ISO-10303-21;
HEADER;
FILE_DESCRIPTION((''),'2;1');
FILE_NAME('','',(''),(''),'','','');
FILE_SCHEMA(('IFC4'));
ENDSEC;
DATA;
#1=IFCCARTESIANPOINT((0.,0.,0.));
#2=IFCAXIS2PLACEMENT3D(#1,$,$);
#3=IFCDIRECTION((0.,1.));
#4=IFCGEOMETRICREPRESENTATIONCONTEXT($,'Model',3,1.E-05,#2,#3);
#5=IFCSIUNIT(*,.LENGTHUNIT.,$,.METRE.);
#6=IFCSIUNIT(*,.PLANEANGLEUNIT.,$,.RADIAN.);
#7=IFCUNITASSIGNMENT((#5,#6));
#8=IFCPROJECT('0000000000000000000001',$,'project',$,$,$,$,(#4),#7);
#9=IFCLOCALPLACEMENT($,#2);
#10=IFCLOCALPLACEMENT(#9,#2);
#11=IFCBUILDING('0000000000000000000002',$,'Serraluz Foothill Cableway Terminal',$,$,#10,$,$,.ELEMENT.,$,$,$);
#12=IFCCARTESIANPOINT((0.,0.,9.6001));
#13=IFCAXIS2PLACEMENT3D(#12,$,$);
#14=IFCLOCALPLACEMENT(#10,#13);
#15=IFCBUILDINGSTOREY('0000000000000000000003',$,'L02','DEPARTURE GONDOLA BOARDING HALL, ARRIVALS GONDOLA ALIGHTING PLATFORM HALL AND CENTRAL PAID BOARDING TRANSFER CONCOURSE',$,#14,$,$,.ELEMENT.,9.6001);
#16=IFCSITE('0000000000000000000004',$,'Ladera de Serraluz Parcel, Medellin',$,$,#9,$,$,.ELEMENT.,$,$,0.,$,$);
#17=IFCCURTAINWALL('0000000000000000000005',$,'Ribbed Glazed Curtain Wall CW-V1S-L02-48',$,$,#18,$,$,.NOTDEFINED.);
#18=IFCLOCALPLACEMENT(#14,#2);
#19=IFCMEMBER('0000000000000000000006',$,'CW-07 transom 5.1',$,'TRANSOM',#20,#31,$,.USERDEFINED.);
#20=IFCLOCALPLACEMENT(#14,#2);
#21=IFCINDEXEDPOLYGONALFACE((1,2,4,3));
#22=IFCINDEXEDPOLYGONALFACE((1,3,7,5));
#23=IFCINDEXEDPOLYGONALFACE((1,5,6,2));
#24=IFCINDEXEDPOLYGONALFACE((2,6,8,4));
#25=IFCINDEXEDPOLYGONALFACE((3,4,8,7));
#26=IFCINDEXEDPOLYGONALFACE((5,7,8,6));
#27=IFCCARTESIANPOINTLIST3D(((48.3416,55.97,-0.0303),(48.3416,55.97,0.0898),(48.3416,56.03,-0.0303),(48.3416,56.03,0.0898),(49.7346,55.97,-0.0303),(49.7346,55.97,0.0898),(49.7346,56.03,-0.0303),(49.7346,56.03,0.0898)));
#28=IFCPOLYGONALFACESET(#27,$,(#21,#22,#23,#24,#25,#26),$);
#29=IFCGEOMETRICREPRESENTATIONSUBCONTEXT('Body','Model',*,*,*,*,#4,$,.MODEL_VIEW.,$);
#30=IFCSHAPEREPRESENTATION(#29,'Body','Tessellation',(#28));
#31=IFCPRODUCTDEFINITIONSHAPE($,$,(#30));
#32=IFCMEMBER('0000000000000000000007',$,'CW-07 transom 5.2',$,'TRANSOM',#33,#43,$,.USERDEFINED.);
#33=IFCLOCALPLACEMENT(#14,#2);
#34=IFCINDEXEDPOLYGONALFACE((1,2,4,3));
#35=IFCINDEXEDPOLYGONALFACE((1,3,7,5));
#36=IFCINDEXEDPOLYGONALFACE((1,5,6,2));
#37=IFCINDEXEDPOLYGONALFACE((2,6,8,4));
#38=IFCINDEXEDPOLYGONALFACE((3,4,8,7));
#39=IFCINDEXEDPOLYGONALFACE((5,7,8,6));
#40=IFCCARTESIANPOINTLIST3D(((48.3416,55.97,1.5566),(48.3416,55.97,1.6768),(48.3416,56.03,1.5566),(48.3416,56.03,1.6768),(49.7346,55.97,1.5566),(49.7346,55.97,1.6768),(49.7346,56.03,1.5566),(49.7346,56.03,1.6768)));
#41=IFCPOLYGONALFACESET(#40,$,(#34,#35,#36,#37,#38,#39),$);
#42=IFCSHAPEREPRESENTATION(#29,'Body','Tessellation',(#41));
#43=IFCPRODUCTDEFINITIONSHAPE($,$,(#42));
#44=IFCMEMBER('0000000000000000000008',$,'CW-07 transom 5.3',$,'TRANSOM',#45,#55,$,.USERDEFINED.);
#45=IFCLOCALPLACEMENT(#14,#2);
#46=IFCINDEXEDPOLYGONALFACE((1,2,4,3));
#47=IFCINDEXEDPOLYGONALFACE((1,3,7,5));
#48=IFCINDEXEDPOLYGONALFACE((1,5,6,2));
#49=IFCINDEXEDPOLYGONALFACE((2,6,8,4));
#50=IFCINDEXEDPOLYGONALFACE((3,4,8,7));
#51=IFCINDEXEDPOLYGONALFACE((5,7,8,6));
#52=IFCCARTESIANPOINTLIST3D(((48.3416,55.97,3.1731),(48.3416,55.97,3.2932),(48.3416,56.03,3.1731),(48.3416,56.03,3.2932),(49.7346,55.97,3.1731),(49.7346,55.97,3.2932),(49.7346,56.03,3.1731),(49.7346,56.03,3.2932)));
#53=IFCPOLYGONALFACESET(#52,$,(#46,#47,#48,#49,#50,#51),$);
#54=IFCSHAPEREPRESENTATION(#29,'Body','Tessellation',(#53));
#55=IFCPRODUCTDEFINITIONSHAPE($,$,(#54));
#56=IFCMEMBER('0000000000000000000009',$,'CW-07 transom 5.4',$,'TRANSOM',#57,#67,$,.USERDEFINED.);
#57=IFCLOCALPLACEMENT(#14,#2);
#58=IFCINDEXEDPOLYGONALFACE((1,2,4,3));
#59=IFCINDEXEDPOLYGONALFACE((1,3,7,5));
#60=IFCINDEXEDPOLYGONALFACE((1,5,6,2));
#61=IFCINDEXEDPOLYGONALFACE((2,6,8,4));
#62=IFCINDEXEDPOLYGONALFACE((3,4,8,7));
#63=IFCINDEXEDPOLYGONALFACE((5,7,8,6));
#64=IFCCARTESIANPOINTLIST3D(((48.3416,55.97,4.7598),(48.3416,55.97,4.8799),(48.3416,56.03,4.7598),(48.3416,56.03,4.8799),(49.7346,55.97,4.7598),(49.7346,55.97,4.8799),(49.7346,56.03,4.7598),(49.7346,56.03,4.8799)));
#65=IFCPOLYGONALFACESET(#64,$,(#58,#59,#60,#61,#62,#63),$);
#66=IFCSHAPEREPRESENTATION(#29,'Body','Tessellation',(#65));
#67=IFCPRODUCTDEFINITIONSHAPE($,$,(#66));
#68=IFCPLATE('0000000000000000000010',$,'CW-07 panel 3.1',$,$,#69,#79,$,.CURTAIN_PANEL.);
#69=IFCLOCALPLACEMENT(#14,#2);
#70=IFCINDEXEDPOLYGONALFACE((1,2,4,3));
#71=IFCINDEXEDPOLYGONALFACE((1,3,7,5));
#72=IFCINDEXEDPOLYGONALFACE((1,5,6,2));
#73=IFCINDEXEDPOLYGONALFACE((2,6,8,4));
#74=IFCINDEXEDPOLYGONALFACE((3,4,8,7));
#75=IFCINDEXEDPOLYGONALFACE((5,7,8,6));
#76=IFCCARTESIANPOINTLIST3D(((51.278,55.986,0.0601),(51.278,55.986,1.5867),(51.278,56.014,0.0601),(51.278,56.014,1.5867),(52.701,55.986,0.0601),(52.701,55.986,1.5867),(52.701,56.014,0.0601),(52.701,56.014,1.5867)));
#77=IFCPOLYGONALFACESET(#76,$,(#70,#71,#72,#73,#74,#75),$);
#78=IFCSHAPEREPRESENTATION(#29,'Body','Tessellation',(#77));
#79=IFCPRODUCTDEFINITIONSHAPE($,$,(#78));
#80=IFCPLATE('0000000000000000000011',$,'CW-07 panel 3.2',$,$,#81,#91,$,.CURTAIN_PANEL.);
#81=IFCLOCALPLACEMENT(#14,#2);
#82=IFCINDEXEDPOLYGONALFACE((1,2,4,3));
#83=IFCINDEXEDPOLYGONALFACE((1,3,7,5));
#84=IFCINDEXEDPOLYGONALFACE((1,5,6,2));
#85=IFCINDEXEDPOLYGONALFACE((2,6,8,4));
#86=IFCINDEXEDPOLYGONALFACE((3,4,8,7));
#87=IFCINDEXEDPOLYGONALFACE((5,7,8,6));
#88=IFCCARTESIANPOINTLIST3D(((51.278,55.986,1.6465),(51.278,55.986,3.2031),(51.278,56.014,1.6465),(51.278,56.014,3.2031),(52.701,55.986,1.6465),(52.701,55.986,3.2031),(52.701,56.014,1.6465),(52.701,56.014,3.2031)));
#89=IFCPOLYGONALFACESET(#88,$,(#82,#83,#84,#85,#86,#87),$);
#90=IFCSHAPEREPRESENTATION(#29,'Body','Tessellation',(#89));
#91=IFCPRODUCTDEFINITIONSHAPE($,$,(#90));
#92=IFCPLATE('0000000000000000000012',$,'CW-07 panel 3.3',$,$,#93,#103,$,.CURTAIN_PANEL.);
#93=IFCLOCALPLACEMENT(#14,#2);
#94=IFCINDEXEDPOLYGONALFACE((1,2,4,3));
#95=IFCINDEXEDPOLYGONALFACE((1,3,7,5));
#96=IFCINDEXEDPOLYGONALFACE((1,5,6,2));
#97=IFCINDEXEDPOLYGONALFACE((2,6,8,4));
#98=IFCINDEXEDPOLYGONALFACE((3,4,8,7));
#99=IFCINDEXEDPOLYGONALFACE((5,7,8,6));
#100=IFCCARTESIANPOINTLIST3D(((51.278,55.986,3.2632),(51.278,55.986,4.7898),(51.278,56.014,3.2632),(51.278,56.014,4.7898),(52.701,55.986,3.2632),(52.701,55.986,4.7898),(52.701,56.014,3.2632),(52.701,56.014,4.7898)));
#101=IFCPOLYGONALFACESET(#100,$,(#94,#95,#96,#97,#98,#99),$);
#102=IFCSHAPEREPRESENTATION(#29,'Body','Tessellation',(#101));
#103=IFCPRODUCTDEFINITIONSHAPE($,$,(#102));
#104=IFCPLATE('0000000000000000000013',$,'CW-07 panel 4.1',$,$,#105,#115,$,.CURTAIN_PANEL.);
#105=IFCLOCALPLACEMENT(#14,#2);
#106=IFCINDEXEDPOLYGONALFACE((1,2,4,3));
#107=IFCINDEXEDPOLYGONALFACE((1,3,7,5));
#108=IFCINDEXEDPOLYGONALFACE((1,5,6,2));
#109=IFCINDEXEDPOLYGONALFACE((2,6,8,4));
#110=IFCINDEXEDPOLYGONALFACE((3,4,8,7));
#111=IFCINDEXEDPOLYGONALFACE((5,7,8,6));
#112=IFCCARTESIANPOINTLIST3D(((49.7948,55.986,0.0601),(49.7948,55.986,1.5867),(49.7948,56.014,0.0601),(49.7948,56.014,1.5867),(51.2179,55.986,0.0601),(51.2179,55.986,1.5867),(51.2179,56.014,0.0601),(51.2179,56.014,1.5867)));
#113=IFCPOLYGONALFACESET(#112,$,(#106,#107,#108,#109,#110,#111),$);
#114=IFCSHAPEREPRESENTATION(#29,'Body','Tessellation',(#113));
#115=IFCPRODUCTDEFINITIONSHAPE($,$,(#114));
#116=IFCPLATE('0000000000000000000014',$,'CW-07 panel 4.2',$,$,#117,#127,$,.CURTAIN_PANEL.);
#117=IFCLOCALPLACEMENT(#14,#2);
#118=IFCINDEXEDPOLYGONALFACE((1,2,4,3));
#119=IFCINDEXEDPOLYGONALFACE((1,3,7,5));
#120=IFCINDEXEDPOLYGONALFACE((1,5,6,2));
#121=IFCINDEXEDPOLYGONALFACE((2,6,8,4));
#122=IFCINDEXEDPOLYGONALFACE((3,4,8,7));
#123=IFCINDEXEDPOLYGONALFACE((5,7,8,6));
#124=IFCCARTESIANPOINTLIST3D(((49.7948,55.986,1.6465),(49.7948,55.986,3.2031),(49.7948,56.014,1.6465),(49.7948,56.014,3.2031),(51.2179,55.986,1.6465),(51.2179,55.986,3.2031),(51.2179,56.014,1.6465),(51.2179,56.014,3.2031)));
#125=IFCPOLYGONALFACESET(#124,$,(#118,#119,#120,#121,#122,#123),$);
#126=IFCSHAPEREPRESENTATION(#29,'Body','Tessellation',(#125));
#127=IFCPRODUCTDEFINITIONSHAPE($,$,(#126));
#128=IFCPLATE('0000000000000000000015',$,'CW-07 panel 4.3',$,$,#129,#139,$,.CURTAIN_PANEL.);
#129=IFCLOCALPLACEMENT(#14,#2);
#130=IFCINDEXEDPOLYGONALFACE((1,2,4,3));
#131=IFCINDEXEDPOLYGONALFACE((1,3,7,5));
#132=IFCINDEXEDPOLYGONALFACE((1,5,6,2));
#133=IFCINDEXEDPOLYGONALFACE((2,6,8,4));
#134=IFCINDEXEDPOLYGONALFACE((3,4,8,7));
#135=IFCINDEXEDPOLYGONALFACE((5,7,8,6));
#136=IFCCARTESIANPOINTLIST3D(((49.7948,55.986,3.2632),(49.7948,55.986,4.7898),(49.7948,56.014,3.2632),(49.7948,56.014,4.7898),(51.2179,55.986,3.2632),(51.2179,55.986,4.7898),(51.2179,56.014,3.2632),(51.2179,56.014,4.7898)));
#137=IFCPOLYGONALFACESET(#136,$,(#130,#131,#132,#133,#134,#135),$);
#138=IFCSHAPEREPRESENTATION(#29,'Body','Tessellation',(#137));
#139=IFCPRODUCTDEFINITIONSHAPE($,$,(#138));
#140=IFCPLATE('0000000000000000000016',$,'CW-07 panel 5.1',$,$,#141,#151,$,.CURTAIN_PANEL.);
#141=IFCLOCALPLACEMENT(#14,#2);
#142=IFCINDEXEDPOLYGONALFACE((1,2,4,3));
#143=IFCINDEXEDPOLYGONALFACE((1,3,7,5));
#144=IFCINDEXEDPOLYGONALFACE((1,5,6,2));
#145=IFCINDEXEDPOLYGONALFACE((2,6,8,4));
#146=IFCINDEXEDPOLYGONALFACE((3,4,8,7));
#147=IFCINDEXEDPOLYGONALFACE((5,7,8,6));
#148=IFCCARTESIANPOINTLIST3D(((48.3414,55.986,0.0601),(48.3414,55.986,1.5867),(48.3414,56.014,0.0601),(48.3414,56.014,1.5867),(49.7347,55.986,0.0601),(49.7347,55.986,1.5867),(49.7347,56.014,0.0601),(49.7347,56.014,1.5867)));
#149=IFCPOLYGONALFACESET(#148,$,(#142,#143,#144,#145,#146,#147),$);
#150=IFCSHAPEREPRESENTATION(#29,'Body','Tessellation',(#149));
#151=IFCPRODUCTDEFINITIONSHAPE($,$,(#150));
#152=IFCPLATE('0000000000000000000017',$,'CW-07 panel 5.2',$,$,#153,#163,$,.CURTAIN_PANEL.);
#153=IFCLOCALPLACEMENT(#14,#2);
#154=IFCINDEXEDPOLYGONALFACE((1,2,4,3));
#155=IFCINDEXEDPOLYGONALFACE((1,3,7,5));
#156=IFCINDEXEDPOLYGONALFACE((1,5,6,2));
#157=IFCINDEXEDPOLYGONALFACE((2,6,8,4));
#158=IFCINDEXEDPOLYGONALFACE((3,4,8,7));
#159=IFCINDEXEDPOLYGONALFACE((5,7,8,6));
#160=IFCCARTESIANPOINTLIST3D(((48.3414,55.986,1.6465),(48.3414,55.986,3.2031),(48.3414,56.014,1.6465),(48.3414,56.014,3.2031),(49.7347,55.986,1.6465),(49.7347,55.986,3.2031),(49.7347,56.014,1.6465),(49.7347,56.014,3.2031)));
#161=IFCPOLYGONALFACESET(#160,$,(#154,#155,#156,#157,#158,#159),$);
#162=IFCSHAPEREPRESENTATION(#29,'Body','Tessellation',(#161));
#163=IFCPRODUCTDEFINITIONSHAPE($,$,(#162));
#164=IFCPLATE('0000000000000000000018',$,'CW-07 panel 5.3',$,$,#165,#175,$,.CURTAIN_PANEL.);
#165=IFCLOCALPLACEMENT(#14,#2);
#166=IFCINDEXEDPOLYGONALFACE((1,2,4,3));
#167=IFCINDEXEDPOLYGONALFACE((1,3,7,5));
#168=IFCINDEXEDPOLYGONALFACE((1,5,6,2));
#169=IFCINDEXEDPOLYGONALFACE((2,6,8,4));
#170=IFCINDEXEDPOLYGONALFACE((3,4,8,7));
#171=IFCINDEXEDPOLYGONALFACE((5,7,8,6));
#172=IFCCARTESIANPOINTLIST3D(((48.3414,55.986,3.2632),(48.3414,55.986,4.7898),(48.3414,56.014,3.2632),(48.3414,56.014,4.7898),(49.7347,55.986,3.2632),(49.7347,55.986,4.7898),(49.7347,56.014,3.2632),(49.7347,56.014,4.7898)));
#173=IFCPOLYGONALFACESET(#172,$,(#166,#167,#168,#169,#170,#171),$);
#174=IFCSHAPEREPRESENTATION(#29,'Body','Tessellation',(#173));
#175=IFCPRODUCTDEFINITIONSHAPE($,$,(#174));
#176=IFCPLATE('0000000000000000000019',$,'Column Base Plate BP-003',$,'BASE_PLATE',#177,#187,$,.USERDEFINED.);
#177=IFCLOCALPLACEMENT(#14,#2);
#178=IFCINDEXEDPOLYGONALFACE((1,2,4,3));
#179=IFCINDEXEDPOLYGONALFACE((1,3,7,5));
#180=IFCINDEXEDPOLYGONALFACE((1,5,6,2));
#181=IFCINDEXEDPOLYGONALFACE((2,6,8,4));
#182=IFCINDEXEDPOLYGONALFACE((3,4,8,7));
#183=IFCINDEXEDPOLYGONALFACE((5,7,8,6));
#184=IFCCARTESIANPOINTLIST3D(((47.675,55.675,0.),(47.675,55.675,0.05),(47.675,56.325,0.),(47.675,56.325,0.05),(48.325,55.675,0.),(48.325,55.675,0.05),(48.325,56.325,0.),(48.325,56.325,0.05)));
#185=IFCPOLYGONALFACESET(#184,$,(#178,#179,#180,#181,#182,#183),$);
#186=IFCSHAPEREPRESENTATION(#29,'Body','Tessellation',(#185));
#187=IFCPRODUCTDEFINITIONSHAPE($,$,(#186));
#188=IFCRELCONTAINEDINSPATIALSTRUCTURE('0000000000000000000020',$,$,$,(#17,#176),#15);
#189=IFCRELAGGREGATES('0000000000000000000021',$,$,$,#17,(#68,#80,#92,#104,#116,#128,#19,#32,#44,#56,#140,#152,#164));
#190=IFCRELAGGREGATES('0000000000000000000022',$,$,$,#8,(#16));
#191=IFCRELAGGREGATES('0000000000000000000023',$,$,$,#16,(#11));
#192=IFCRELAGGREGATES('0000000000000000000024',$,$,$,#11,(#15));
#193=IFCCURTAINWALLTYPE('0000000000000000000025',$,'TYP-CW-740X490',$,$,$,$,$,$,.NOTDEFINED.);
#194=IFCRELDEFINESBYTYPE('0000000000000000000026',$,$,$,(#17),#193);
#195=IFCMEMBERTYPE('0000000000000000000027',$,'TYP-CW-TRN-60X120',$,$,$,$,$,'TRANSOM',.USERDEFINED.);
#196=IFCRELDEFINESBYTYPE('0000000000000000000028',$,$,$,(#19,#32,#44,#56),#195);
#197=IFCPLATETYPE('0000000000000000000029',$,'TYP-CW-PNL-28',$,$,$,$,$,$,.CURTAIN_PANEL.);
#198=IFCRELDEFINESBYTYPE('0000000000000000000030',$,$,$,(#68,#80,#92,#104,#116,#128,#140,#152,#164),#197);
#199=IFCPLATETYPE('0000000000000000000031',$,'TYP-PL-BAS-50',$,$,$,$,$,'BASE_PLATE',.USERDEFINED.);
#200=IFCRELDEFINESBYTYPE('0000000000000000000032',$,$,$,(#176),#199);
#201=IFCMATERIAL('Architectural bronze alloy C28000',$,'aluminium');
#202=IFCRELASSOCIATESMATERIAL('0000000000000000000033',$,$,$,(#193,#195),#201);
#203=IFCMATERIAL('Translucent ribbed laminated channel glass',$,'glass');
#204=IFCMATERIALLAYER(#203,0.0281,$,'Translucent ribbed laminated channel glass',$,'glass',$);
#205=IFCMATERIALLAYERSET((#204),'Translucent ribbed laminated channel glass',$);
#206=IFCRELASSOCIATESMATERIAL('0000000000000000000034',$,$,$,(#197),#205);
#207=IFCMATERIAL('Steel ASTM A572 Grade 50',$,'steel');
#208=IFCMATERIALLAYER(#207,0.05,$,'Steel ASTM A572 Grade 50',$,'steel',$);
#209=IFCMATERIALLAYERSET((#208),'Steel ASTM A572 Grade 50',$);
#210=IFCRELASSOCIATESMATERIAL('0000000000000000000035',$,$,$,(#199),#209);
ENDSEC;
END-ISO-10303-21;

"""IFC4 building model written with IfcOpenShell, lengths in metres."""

from ifc_helpers import new_model, si_unit, direction, frame, origin, origin_2d, place, context, subcontext, project, spatial, rectangle, extrude, material, layer, layer_set, material_profile, profile_set, type_object, element, aggregate, save


model = new_model("IFC4")

# Units and contexts
model_context = context("Model", 3, precision=1e-05, world=origin(), true_north=direction((0.0, 1.0)))
body_context = subcontext(model_context, "Body", "Model", "MODEL_VIEW")
ifc_project = project(units=[si_unit("LENGTHUNIT", "METRE"), si_unit("PLANEANGLEUNIT", "RADIAN")], contexts=[model_context])

# Site, building, storey
site_placement = place(None, origin())
site = spatial("IfcSite", under=ifc_project, at=site_placement, Name="Ladera de Serraluz Parcel, Medellin", CompositionType="ELEMENT", RefElevation=0.0)
building_placement = place(site_placement, origin())
building = spatial("IfcBuilding", under=site, at=building_placement, Name="Serraluz Foothill Cableway Terminal", CompositionType="ELEMENT")
storey_placement = place(building_placement, frame((0.0, 0.0, 9.6001)))
storey = spatial("IfcBuildingStorey", under=building, at=storey_placement, Name="L02", Description="DEPARTURE GONDOLA BOARDING HALL, ARRIVALS GONDOLA ALIGHTING PLATFORM HALL AND CENTRAL PAID BOARDING TRANSFER CONCOURSE", CompositionType="ELEMENT", Elevation=9.6001)

# Curtain wall, members, plates
ifc_material_1 = material(Name="Architectural bronze alloy C28000", Category="aluminium")
curtain_wall_type = type_object("IfcCurtainWallType", Name="TYP-CW-740X490", PredefinedType="NOTDEFINED", material=ifc_material_1)
curtain_wall_placement = place(storey_placement, origin())
curtain_wall = element("IfcCurtainWall", 1, at=curtain_wall_placement, inside=storey, type_object=curtain_wall_type, Name="Ribbed Glazed Curtain Wall CW-V1S-L02-48", PredefinedType="NOTDEFINED")
ifc_material_profile_1 = material_profile(ifc_material_1, rectangle(XDim=0.0601, YDim=0.1201, at=origin_2d()), Name="ALU TRANSOM 60x120")
ifc_profile_set_1 = profile_set([ifc_material_profile_1], Name="Architectural bronze alloy C28000")
member_type_1 = type_object("IfcMemberType", Name="TYP-CW-TRN-60X120", ElementType="TRANSOM", PredefinedType="USERDEFINED", material=ifc_profile_set_1)
member_1_placement = place(storey_placement, frame((49.7346, 56.0, 0.0298), z_axis=(-1.0, 0.0, 0.0), x_axis=(0.0, -1.0, 0.0)))
member_1 = element("IfcMember", 2, at=member_1_placement, type_object=member_type_1, Name="CW-07 transom 5.1", ObjectType="TRANSOM", PredefinedType="USERDEFINED", context=body_context, shape_type="SweptSolid", body=[
    extrude(rectangle(XDim=0.0601, YDim=0.1201, at=origin_2d()), origin(), (0.0, 0.0, 1.0), 1.3931),
])
member_2_placement = place(storey_placement, frame((49.7346, 56.0, 1.6167), z_axis=(-1.0, 0.0, 0.0), x_axis=(0.0, -1.0, 0.0)))
member_2 = element("IfcMember", 3, at=member_2_placement, type_object=member_type_1, Name="CW-07 transom 5.2", ObjectType="TRANSOM", PredefinedType="USERDEFINED", context=body_context, shape_type="SweptSolid", body=[
    extrude(rectangle(XDim=0.0601, YDim=0.1201, at=origin_2d()), origin(), (0.0, 0.0, 1.0), 1.3931),
])
member_3_placement = place(storey_placement, frame((49.7346, 56.0, 3.2332), z_axis=(-1.0, 0.0, 0.0), x_axis=(0.0, -1.0, 0.0)))
member_3 = element("IfcMember", 4, at=member_3_placement, type_object=member_type_1, Name="CW-07 transom 5.3", ObjectType="TRANSOM", PredefinedType="USERDEFINED", context=body_context, shape_type="SweptSolid", body=[
    extrude(rectangle(XDim=0.0601, YDim=0.1201, at=origin_2d()), origin(), (0.0, 0.0, 1.0), 1.3931),
])
member_4_placement = place(storey_placement, frame((49.7346, 56.0, 4.8198), z_axis=(-1.0, 0.0, 0.0), x_axis=(0.0, -1.0, 0.0)))
member_4 = element("IfcMember", 5, at=member_4_placement, type_object=member_type_1, Name="CW-07 transom 5.4", ObjectType="TRANSOM", PredefinedType="USERDEFINED", context=body_context, shape_type="SweptSolid", body=[
    extrude(rectangle(XDim=0.0601, YDim=0.1201, at=origin_2d()), origin(), (0.0, 0.0, 1.0), 1.3931),
])
ifc_material_2 = material(Name="Translucent ribbed laminated channel glass", Category="glass")
ifc_layer_1 = layer(ifc_material_2, 0.0281, Name="Translucent ribbed laminated channel glass", Category="glass")
ifc_layer_set_1 = layer_set([ifc_layer_1], Name="Translucent ribbed laminated channel glass")
plate_type_1 = type_object("IfcPlateType", Name="TYP-CW-PNL-28", PredefinedType="CURTAIN_PANEL", material=ifc_layer_set_1)
plate_1_placement = place(storey_placement, frame((51.9895, 56.0, 0.0601), z_axis=(0.0, 0.0, 1.0), x_axis=(-1.0, 0.0, 0.0)))
plate_1 = element("IfcPlate", 6, at=plate_1_placement, type_object=plate_type_1, Name="CW-07 panel 3.1", PredefinedType="CURTAIN_PANEL", context=body_context, shape_type="SweptSolid", body=[
    extrude(rectangle(XDim=1.4231, YDim=0.0281, at=origin_2d()), origin(), (0.0, 0.0, 1.0), 1.5266),
])
plate_2_placement = place(storey_placement, frame((51.9895, 56.0, 1.6465), z_axis=(0.0, 0.0, 1.0), x_axis=(-1.0, 0.0, 0.0)))
plate_2 = element("IfcPlate", 7, at=plate_2_placement, type_object=plate_type_1, Name="CW-07 panel 3.2", PredefinedType="CURTAIN_PANEL", context=body_context, shape_type="SweptSolid", body=[
    extrude(rectangle(XDim=1.4231, YDim=0.0281, at=origin_2d()), origin(), (0.0, 0.0, 1.0), 1.5566),
])
plate_3_placement = place(storey_placement, frame((51.9895, 56.0, 3.2632), z_axis=(0.0, 0.0, 1.0), x_axis=(-1.0, 0.0, 0.0)))
plate_3 = element("IfcPlate", 8, at=plate_3_placement, type_object=plate_type_1, Name="CW-07 panel 3.3", PredefinedType="CURTAIN_PANEL", context=body_context, shape_type="SweptSolid", body=[
    extrude(rectangle(XDim=1.4231, YDim=0.0281, at=origin_2d()), origin(), (0.0, 0.0, 1.0), 1.5266),
])
plate_4_placement = place(storey_placement, frame((50.5063, 56.0, 0.0601), z_axis=(0.0, 0.0, 1.0), x_axis=(-1.0, 0.0, 0.0)))
plate_4 = element("IfcPlate", 9, at=plate_4_placement, type_object=plate_type_1, Name="CW-07 panel 4.1", PredefinedType="CURTAIN_PANEL", context=body_context, shape_type="SweptSolid", body=[
    extrude(rectangle(XDim=1.4231, YDim=0.0281, at=origin_2d()), origin(), (0.0, 0.0, 1.0), 1.5266),
])
plate_5_placement = place(storey_placement, frame((50.5063, 56.0, 1.6465), z_axis=(0.0, 0.0, 1.0), x_axis=(-1.0, 0.0, 0.0)))
plate_5 = element("IfcPlate", 10, at=plate_5_placement, type_object=plate_type_1, Name="CW-07 panel 4.2", PredefinedType="CURTAIN_PANEL", context=body_context, shape_type="SweptSolid", body=[
    extrude(rectangle(XDim=1.4231, YDim=0.0281, at=origin_2d()), origin(), (0.0, 0.0, 1.0), 1.5566),
])
plate_6_placement = place(storey_placement, frame((50.5063, 56.0, 3.2632), z_axis=(0.0, 0.0, 1.0), x_axis=(-1.0, 0.0, 0.0)))
plate_6 = element("IfcPlate", 11, at=plate_6_placement, type_object=plate_type_1, Name="CW-07 panel 4.3", PredefinedType="CURTAIN_PANEL", context=body_context, shape_type="SweptSolid", body=[
    extrude(rectangle(XDim=1.4231, YDim=0.0281, at=origin_2d()), origin(), (0.0, 0.0, 1.0), 1.5266),
])
plate_7_placement = place(storey_placement, frame((49.0381, 56.0, 0.0601), z_axis=(0.0, 0.0, 1.0), x_axis=(-1.0, 0.0, 0.0)))
plate_7 = element("IfcPlate", 12, at=plate_7_placement, type_object=plate_type_1, Name="CW-07 panel 5.1", PredefinedType="CURTAIN_PANEL", context=body_context, shape_type="SweptSolid", body=[
    extrude(rectangle(XDim=1.3933, YDim=0.0281, at=origin_2d()), origin(), (0.0, 0.0, 1.0), 1.5266),
])
plate_8_placement = place(storey_placement, frame((49.0381, 56.0, 1.6465), z_axis=(0.0, 0.0, 1.0), x_axis=(-1.0, 0.0, 0.0)))
plate_8 = element("IfcPlate", 13, at=plate_8_placement, type_object=plate_type_1, Name="CW-07 panel 5.2", PredefinedType="CURTAIN_PANEL", context=body_context, shape_type="SweptSolid", body=[
    extrude(rectangle(XDim=1.3933, YDim=0.0281, at=origin_2d()), origin(), (0.0, 0.0, 1.0), 1.5566),
])
plate_9_placement = place(storey_placement, frame((49.0381, 56.0, 3.2632), z_axis=(0.0, 0.0, 1.0), x_axis=(-1.0, 0.0, 0.0)))
plate_9 = element("IfcPlate", 14, at=plate_9_placement, type_object=plate_type_1, Name="CW-07 panel 5.3", PredefinedType="CURTAIN_PANEL", context=body_context, shape_type="SweptSolid", body=[
    extrude(rectangle(XDim=1.3933, YDim=0.0281, at=origin_2d()), origin(), (0.0, 0.0, 1.0), 1.5266),
])
aggregate(curtain_wall, [plate_1, plate_2, plate_3, plate_4, plate_5, plate_6, member_1, member_2, member_3, member_4, plate_7, plate_8, plate_9])

# Plate
ifc_material_3 = material(Name="Steel ASTM A572 Grade 50", Category="steel")
ifc_layer_2 = layer(ifc_material_3, 0.05, Name="Steel ASTM A572 Grade 50", Category="steel")
ifc_layer_set_2 = layer_set([ifc_layer_2], Name="Steel ASTM A572 Grade 50")
plate_type_2 = type_object("IfcPlateType", Name="TYP-PL-BAS-50", ElementType="BASE_PLATE", PredefinedType="USERDEFINED", material=ifc_layer_set_2)
plate_10_placement = place(storey_placement, frame((48.0, 56.0, 0.0), z_axis=(0.0, 0.0, 1.0), x_axis=(1.0, 0.0, 0.0)))
element("IfcPlate", 15, at=plate_10_placement, inside=storey, type_object=plate_type_2, Name="Column Base Plate BP-003", ObjectType="BASE_PLATE", PredefinedType="USERDEFINED", context=body_context, shape_type="SweptSolid", body=[
    extrude(rectangle(XDim=0.6499, YDim=0.6499, at=origin_2d()), origin(), (0.0, 0.0, 1.0), 0.05),
])

save(model, "model.ifc")
